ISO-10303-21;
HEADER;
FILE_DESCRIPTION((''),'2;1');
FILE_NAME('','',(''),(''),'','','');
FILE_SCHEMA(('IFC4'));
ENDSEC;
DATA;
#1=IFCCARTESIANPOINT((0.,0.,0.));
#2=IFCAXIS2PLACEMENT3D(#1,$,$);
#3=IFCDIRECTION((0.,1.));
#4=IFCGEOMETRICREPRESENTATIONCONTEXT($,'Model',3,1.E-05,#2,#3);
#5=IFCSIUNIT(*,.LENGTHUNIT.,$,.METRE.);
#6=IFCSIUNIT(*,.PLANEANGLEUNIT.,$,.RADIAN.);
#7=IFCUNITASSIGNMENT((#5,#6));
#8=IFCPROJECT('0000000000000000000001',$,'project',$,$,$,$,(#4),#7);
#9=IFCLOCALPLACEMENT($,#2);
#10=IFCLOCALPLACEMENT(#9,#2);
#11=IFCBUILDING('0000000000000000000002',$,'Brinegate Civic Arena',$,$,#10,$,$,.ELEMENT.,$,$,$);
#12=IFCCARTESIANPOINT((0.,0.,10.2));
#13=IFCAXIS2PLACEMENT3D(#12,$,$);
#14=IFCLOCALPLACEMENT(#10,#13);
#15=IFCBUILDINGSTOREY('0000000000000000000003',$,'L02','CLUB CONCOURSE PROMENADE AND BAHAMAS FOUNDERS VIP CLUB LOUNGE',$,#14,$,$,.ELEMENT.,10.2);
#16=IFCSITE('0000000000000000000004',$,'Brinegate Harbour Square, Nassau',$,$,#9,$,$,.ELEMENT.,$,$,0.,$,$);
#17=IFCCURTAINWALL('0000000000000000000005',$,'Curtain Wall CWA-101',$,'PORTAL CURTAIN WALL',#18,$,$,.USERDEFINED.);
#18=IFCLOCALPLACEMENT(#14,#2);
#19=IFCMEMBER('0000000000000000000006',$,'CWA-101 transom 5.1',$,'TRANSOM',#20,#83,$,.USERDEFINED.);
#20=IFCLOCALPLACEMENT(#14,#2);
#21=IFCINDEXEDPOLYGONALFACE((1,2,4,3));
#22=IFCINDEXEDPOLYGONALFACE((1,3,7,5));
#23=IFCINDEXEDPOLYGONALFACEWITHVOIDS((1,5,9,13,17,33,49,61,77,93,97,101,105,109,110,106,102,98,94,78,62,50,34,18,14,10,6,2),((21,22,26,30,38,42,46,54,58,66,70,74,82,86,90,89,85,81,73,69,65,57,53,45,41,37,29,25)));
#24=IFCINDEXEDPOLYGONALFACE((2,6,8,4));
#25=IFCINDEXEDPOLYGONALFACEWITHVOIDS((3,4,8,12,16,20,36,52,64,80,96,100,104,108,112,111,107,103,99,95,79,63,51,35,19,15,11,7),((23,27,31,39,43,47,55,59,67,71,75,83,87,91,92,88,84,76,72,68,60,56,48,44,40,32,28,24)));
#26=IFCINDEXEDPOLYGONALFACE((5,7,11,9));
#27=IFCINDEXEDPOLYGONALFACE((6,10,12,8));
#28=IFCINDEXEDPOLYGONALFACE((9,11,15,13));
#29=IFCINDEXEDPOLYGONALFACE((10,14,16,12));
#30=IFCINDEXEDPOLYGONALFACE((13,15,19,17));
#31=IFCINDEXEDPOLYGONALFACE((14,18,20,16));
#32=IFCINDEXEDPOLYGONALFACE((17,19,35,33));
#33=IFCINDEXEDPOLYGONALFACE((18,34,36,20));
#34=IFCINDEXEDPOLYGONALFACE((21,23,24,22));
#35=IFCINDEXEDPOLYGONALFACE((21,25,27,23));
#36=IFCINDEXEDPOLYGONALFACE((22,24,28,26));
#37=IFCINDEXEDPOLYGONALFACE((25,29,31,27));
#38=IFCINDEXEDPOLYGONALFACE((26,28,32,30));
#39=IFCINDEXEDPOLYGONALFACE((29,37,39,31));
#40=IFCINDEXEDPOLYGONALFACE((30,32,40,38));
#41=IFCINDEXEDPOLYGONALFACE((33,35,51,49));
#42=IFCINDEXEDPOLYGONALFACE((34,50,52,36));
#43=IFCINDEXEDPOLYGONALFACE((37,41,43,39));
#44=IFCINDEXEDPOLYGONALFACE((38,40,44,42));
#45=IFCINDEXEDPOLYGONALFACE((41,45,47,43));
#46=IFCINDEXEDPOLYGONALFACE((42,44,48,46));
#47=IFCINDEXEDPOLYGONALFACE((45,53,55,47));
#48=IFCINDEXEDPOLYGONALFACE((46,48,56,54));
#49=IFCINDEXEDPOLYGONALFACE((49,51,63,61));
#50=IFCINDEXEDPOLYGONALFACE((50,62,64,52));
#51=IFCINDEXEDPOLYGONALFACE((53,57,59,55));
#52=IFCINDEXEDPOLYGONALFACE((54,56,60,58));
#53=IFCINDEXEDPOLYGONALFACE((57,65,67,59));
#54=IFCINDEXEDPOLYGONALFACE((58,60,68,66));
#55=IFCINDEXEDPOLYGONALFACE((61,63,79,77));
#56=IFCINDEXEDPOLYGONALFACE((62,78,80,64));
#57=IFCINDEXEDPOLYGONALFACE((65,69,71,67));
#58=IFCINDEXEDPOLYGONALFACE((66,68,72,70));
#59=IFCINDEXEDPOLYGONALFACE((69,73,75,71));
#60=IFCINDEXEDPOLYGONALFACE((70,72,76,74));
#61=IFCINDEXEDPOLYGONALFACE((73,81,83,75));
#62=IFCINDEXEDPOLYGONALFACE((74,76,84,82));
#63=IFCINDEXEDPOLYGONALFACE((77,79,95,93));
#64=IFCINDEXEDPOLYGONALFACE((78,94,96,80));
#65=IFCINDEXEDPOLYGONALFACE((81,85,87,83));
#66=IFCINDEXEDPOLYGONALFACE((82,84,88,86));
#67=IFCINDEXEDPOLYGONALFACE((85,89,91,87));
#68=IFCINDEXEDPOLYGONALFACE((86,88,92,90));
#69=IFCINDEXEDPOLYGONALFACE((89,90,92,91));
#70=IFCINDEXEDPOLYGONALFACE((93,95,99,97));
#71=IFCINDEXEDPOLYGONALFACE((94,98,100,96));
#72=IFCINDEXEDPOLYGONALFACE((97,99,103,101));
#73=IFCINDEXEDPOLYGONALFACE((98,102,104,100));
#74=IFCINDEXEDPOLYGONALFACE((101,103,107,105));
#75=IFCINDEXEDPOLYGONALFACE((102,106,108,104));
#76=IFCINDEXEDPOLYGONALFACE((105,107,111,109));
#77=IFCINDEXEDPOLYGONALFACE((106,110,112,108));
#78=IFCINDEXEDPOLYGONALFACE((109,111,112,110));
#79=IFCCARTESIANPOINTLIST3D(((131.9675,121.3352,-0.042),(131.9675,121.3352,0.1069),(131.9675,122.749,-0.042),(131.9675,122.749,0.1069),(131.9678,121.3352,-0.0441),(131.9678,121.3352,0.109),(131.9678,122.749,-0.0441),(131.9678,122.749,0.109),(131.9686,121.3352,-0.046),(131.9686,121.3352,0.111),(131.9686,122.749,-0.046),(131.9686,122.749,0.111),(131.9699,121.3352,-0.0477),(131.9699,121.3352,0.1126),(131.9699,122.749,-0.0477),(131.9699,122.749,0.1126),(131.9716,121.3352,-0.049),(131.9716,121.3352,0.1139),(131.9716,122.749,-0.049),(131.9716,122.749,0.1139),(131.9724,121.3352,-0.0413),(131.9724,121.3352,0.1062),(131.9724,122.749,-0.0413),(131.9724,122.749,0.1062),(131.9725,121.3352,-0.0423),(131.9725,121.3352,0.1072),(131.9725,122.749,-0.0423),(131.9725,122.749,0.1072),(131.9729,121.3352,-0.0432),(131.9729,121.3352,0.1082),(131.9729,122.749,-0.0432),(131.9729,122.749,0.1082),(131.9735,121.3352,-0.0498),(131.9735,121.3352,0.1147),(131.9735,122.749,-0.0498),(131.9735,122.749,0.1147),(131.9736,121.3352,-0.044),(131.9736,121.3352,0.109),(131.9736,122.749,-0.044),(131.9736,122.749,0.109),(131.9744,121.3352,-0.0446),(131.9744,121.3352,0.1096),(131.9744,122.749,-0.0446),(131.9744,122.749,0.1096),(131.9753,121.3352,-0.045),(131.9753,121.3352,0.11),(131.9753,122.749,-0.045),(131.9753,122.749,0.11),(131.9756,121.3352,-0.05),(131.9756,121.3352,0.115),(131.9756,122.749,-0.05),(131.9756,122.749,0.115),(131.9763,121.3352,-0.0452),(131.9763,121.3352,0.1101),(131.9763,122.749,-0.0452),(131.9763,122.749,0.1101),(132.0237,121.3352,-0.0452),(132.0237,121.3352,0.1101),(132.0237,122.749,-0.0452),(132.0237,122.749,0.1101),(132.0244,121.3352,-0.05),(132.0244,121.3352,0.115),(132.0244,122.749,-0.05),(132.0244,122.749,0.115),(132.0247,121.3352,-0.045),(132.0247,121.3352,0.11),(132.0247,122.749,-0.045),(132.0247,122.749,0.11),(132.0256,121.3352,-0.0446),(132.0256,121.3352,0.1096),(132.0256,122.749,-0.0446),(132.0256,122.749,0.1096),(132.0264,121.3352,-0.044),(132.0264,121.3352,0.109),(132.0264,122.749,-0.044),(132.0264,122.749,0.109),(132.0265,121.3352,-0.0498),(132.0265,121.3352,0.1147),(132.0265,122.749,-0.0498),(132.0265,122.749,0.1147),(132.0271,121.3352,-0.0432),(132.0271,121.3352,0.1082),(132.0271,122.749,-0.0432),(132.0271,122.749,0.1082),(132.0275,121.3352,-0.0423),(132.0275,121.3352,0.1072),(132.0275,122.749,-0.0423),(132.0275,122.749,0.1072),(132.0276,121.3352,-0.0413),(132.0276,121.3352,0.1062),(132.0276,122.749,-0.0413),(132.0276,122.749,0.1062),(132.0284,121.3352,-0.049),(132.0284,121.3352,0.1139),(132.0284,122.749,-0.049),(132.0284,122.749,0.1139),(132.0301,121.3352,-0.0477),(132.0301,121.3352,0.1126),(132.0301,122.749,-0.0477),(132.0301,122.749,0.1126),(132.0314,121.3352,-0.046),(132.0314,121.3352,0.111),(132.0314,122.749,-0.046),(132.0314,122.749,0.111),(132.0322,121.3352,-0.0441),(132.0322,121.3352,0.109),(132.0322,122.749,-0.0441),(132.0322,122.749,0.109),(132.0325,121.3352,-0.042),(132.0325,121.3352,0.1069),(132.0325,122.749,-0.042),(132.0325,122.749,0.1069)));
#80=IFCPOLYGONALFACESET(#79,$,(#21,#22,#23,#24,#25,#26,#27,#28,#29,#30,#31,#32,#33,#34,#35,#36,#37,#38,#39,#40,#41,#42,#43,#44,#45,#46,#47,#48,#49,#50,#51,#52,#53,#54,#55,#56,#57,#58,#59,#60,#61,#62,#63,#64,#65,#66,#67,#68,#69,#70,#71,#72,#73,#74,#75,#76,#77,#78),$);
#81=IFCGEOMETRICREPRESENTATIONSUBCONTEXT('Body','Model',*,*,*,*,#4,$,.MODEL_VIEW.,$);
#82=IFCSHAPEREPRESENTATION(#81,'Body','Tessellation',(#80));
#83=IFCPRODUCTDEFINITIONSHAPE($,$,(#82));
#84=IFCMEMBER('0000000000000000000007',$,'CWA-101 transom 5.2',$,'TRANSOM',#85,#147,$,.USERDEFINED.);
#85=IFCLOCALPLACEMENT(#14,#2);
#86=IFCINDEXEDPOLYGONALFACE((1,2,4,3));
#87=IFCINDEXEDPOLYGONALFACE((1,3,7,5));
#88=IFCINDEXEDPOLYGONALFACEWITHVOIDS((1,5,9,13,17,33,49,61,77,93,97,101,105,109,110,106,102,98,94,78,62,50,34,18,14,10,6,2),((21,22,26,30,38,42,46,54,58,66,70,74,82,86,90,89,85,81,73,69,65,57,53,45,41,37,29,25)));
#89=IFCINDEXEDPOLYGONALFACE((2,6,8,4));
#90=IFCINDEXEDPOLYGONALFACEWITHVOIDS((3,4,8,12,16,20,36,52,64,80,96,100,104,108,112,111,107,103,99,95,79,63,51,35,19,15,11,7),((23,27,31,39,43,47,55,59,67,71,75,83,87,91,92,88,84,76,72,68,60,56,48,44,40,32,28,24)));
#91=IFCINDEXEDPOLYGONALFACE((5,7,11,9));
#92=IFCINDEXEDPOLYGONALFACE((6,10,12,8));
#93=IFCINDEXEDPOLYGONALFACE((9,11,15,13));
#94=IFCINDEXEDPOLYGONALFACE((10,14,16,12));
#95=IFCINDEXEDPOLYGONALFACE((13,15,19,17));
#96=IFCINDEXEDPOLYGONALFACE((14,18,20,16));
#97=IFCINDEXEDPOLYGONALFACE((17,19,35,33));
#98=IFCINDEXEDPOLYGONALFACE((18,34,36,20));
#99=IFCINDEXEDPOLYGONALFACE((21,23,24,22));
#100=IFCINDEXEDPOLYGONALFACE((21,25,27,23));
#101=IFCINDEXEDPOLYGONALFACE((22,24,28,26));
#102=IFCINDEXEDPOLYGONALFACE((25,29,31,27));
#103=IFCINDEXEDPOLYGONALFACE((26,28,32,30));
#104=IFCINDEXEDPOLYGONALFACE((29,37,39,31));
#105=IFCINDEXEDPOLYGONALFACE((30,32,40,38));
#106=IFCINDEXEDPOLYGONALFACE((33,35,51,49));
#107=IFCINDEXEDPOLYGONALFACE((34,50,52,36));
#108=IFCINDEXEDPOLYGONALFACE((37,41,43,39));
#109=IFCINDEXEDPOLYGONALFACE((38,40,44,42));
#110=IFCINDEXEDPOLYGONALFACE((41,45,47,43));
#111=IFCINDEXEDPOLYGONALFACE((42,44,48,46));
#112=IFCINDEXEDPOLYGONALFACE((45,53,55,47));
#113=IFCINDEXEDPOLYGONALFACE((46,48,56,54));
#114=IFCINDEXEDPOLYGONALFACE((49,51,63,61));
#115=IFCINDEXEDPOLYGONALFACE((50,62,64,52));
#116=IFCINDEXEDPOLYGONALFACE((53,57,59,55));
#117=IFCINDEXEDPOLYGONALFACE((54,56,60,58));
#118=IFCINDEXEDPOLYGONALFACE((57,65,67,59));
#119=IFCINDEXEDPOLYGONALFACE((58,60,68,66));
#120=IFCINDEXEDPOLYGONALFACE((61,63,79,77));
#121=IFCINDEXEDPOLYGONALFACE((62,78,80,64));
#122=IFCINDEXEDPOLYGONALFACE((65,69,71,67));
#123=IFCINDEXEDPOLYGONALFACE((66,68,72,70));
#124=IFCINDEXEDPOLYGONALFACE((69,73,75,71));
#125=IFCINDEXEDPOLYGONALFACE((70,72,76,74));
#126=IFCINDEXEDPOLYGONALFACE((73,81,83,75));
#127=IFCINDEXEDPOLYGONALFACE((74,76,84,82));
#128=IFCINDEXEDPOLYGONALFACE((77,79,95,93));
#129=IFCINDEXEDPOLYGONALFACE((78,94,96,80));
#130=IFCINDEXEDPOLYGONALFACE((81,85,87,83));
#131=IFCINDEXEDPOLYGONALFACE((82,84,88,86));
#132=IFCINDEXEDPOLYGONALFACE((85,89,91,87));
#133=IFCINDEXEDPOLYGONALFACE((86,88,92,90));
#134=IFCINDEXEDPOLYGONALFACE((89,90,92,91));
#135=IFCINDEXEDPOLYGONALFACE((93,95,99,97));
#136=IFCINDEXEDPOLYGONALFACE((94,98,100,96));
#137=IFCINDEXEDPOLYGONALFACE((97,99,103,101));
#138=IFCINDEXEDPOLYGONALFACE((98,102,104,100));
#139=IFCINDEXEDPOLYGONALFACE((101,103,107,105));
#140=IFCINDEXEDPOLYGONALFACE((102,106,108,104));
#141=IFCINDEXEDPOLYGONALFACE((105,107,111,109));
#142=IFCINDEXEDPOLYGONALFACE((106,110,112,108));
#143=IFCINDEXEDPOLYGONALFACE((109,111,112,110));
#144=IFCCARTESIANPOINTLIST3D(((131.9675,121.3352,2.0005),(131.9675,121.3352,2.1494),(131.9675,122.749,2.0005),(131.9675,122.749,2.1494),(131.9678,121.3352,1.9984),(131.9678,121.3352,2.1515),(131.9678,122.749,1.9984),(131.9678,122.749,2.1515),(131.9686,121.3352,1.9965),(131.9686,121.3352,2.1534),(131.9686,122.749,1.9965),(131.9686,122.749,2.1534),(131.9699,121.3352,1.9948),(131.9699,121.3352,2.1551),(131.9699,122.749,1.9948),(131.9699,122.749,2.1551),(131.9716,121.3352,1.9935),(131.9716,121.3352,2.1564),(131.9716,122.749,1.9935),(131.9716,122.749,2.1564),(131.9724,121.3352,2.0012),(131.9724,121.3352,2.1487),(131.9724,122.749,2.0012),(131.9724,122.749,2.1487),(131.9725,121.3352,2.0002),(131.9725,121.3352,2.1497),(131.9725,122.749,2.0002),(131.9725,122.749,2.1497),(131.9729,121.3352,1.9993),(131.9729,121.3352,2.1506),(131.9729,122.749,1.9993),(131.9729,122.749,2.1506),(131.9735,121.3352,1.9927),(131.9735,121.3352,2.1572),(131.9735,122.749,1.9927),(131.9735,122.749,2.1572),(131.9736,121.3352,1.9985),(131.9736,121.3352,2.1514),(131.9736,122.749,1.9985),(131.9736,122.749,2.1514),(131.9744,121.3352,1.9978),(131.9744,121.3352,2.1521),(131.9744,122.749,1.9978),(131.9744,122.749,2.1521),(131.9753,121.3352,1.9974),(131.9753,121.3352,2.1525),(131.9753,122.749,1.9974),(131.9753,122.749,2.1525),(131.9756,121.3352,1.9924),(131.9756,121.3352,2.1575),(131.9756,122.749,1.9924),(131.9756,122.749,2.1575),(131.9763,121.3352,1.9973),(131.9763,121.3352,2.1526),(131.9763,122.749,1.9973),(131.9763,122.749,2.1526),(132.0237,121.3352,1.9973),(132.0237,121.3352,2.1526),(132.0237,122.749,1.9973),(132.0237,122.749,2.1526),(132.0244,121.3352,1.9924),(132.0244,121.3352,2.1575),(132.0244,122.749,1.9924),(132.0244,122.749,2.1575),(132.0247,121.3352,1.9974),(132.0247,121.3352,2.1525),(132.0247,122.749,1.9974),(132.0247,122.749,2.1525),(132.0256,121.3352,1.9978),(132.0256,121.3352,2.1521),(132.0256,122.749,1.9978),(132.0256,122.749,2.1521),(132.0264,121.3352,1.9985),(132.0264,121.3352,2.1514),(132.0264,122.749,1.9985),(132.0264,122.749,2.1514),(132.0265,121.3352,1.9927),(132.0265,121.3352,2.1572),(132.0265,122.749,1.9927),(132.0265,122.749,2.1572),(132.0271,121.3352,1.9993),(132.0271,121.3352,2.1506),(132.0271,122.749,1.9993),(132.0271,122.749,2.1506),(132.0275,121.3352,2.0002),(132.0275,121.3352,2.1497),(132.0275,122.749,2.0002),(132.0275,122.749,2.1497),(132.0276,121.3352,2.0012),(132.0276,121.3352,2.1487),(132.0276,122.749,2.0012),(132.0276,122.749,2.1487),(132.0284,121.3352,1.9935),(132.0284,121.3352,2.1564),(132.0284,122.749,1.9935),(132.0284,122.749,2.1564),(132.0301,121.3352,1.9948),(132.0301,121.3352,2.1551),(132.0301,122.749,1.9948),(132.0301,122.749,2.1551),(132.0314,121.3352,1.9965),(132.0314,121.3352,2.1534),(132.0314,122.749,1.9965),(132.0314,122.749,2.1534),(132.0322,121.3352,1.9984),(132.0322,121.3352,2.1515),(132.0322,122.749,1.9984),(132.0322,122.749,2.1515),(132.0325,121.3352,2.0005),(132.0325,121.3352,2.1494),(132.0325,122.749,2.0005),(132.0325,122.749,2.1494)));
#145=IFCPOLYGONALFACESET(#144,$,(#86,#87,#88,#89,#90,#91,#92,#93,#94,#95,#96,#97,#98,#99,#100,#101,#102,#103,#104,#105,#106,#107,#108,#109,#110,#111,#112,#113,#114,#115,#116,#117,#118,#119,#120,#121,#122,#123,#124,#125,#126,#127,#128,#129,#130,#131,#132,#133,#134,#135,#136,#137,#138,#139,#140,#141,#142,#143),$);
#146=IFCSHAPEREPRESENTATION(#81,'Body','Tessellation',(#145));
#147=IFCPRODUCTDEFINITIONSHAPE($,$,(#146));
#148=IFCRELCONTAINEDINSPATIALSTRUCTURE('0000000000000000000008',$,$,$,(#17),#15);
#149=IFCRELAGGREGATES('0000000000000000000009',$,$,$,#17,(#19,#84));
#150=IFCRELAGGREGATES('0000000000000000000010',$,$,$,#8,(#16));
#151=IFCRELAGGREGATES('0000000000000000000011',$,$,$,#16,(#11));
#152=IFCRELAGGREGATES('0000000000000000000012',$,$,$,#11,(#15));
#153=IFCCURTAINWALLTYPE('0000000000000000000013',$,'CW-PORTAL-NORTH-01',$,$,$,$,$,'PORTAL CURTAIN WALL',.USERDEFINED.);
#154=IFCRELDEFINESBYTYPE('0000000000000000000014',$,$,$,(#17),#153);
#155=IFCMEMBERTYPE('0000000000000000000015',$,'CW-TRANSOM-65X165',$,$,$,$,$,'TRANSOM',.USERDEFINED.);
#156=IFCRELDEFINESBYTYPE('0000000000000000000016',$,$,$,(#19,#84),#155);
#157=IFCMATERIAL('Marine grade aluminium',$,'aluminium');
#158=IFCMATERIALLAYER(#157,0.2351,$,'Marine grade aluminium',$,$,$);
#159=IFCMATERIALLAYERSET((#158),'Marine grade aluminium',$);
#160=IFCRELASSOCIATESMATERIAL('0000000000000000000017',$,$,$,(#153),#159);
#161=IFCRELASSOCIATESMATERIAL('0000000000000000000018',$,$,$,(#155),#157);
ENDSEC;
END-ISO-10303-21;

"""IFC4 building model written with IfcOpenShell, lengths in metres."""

from ifc_helpers import new_model, si_unit, direction, frame, origin, origin_2d, place, context, subcontext, project, spatial, hollow_rectangle, extrude, material, layer, layer_set, material_profile, profile_set, type_object, element, aggregate, save


model = new_model("IFC4")

# Units and contexts
model_context = context("Model", 3, precision=1e-05, world=origin(), true_north=direction((0.0, 1.0)))
body_context = subcontext(model_context, "Body", "Model", "MODEL_VIEW")
ifc_project = project(units=[si_unit("LENGTHUNIT", "METRE"), si_unit("PLANEANGLEUNIT", "RADIAN")], contexts=[model_context])

# Site, building, storey
site_placement = place(None, origin())
site = spatial("IfcSite", under=ifc_project, at=site_placement, Name="Brinegate Harbour Square, Nassau", CompositionType="ELEMENT", RefElevation=0.0)
building_placement = place(site_placement, origin())
building = spatial("IfcBuilding", under=site, at=building_placement, Name="Brinegate Civic Arena", CompositionType="ELEMENT")
storey_placement = place(building_placement, frame((0.0, 0.0, 10.2)))
storey = spatial("IfcBuildingStorey", under=building, at=storey_placement, Name="L02", Description="CLUB CONCOURSE PROMENADE AND BAHAMAS FOUNDERS VIP CLUB LOUNGE", CompositionType="ELEMENT", Elevation=10.2)

# Curtain wall, members
ifc_material_1 = material(Name="Marine grade aluminium", Category="aluminium")
ifc_layer_1 = layer(ifc_material_1, 0.2351, Name="Marine grade aluminium")
ifc_layer_set_1 = layer_set([ifc_layer_1], Name="Marine grade aluminium")
curtain_wall_type = type_object("IfcCurtainWallType", Name="CW-PORTAL-NORTH-01", ElementType="PORTAL CURTAIN WALL", PredefinedType="USERDEFINED", material=ifc_layer_set_1)
curtain_wall_placement = place(storey_placement, origin())
curtain_wall = element("IfcCurtainWall", 1, at=curtain_wall_placement, inside=storey, type_object=curtain_wall_type, Name="Curtain Wall CWA-101", ObjectType="PORTAL CURTAIN WALL", PredefinedType="USERDEFINED")
ifc_material_profile_1 = material_profile(ifc_material_1, hollow_rectangle(XDim=0.0649, YDim=0.165, WallThickness=0.0049, InnerFilletRadius=0.0039, OuterFilletRadius=0.0081, at=origin_2d()), Name="TRN65X165")
ifc_profile_set_1 = profile_set([ifc_material_profile_1], Name="Marine grade aluminium")
member_type_1 = type_object("IfcMemberType", Name="CW-TRANSOM-65X165", ElementType="TRANSOM", PredefinedType="USERDEFINED", material=ifc_profile_set_1)
member_1_placement = place(storey_placement, frame((132.0, 121.3352, 0.0325), z_axis=(0.0, 1.0, 0.0), x_axis=(-1.0, 0.0, 0.0)))
member_1 = element("IfcMember", 2, at=member_1_placement, type_object=member_type_1, Name="CWA-101 transom 5.1", ObjectType="TRANSOM", PredefinedType="USERDEFINED", context=body_context, shape_type="SweptSolid", body=[
    extrude(hollow_rectangle(XDim=0.0649, YDim=0.165, WallThickness=0.0049, InnerFilletRadius=0.0039, OuterFilletRadius=0.0081, at=origin_2d()), origin(), (0.0, 0.0, 1.0), 1.4138),
])
member_2_placement = place(storey_placement, frame((132.0, 121.3352, 2.075), z_axis=(0.0, 1.0, 0.0), x_axis=(-1.0, 0.0, 0.0)))
member_2 = element("IfcMember", 3, at=member_2_placement, type_object=member_type_1, Name="CWA-101 transom 5.2", ObjectType="TRANSOM", PredefinedType="USERDEFINED", context=body_context, shape_type="SweptSolid", body=[
    extrude(hollow_rectangle(XDim=0.0649, YDim=0.165, WallThickness=0.0049, InnerFilletRadius=0.0039, OuterFilletRadius=0.0081, at=origin_2d()), origin(), (0.0, 0.0, 1.0), 1.4138),
])

aggregate(curtain_wall, [member_1, member_2])

save(model, "model.ifc")
